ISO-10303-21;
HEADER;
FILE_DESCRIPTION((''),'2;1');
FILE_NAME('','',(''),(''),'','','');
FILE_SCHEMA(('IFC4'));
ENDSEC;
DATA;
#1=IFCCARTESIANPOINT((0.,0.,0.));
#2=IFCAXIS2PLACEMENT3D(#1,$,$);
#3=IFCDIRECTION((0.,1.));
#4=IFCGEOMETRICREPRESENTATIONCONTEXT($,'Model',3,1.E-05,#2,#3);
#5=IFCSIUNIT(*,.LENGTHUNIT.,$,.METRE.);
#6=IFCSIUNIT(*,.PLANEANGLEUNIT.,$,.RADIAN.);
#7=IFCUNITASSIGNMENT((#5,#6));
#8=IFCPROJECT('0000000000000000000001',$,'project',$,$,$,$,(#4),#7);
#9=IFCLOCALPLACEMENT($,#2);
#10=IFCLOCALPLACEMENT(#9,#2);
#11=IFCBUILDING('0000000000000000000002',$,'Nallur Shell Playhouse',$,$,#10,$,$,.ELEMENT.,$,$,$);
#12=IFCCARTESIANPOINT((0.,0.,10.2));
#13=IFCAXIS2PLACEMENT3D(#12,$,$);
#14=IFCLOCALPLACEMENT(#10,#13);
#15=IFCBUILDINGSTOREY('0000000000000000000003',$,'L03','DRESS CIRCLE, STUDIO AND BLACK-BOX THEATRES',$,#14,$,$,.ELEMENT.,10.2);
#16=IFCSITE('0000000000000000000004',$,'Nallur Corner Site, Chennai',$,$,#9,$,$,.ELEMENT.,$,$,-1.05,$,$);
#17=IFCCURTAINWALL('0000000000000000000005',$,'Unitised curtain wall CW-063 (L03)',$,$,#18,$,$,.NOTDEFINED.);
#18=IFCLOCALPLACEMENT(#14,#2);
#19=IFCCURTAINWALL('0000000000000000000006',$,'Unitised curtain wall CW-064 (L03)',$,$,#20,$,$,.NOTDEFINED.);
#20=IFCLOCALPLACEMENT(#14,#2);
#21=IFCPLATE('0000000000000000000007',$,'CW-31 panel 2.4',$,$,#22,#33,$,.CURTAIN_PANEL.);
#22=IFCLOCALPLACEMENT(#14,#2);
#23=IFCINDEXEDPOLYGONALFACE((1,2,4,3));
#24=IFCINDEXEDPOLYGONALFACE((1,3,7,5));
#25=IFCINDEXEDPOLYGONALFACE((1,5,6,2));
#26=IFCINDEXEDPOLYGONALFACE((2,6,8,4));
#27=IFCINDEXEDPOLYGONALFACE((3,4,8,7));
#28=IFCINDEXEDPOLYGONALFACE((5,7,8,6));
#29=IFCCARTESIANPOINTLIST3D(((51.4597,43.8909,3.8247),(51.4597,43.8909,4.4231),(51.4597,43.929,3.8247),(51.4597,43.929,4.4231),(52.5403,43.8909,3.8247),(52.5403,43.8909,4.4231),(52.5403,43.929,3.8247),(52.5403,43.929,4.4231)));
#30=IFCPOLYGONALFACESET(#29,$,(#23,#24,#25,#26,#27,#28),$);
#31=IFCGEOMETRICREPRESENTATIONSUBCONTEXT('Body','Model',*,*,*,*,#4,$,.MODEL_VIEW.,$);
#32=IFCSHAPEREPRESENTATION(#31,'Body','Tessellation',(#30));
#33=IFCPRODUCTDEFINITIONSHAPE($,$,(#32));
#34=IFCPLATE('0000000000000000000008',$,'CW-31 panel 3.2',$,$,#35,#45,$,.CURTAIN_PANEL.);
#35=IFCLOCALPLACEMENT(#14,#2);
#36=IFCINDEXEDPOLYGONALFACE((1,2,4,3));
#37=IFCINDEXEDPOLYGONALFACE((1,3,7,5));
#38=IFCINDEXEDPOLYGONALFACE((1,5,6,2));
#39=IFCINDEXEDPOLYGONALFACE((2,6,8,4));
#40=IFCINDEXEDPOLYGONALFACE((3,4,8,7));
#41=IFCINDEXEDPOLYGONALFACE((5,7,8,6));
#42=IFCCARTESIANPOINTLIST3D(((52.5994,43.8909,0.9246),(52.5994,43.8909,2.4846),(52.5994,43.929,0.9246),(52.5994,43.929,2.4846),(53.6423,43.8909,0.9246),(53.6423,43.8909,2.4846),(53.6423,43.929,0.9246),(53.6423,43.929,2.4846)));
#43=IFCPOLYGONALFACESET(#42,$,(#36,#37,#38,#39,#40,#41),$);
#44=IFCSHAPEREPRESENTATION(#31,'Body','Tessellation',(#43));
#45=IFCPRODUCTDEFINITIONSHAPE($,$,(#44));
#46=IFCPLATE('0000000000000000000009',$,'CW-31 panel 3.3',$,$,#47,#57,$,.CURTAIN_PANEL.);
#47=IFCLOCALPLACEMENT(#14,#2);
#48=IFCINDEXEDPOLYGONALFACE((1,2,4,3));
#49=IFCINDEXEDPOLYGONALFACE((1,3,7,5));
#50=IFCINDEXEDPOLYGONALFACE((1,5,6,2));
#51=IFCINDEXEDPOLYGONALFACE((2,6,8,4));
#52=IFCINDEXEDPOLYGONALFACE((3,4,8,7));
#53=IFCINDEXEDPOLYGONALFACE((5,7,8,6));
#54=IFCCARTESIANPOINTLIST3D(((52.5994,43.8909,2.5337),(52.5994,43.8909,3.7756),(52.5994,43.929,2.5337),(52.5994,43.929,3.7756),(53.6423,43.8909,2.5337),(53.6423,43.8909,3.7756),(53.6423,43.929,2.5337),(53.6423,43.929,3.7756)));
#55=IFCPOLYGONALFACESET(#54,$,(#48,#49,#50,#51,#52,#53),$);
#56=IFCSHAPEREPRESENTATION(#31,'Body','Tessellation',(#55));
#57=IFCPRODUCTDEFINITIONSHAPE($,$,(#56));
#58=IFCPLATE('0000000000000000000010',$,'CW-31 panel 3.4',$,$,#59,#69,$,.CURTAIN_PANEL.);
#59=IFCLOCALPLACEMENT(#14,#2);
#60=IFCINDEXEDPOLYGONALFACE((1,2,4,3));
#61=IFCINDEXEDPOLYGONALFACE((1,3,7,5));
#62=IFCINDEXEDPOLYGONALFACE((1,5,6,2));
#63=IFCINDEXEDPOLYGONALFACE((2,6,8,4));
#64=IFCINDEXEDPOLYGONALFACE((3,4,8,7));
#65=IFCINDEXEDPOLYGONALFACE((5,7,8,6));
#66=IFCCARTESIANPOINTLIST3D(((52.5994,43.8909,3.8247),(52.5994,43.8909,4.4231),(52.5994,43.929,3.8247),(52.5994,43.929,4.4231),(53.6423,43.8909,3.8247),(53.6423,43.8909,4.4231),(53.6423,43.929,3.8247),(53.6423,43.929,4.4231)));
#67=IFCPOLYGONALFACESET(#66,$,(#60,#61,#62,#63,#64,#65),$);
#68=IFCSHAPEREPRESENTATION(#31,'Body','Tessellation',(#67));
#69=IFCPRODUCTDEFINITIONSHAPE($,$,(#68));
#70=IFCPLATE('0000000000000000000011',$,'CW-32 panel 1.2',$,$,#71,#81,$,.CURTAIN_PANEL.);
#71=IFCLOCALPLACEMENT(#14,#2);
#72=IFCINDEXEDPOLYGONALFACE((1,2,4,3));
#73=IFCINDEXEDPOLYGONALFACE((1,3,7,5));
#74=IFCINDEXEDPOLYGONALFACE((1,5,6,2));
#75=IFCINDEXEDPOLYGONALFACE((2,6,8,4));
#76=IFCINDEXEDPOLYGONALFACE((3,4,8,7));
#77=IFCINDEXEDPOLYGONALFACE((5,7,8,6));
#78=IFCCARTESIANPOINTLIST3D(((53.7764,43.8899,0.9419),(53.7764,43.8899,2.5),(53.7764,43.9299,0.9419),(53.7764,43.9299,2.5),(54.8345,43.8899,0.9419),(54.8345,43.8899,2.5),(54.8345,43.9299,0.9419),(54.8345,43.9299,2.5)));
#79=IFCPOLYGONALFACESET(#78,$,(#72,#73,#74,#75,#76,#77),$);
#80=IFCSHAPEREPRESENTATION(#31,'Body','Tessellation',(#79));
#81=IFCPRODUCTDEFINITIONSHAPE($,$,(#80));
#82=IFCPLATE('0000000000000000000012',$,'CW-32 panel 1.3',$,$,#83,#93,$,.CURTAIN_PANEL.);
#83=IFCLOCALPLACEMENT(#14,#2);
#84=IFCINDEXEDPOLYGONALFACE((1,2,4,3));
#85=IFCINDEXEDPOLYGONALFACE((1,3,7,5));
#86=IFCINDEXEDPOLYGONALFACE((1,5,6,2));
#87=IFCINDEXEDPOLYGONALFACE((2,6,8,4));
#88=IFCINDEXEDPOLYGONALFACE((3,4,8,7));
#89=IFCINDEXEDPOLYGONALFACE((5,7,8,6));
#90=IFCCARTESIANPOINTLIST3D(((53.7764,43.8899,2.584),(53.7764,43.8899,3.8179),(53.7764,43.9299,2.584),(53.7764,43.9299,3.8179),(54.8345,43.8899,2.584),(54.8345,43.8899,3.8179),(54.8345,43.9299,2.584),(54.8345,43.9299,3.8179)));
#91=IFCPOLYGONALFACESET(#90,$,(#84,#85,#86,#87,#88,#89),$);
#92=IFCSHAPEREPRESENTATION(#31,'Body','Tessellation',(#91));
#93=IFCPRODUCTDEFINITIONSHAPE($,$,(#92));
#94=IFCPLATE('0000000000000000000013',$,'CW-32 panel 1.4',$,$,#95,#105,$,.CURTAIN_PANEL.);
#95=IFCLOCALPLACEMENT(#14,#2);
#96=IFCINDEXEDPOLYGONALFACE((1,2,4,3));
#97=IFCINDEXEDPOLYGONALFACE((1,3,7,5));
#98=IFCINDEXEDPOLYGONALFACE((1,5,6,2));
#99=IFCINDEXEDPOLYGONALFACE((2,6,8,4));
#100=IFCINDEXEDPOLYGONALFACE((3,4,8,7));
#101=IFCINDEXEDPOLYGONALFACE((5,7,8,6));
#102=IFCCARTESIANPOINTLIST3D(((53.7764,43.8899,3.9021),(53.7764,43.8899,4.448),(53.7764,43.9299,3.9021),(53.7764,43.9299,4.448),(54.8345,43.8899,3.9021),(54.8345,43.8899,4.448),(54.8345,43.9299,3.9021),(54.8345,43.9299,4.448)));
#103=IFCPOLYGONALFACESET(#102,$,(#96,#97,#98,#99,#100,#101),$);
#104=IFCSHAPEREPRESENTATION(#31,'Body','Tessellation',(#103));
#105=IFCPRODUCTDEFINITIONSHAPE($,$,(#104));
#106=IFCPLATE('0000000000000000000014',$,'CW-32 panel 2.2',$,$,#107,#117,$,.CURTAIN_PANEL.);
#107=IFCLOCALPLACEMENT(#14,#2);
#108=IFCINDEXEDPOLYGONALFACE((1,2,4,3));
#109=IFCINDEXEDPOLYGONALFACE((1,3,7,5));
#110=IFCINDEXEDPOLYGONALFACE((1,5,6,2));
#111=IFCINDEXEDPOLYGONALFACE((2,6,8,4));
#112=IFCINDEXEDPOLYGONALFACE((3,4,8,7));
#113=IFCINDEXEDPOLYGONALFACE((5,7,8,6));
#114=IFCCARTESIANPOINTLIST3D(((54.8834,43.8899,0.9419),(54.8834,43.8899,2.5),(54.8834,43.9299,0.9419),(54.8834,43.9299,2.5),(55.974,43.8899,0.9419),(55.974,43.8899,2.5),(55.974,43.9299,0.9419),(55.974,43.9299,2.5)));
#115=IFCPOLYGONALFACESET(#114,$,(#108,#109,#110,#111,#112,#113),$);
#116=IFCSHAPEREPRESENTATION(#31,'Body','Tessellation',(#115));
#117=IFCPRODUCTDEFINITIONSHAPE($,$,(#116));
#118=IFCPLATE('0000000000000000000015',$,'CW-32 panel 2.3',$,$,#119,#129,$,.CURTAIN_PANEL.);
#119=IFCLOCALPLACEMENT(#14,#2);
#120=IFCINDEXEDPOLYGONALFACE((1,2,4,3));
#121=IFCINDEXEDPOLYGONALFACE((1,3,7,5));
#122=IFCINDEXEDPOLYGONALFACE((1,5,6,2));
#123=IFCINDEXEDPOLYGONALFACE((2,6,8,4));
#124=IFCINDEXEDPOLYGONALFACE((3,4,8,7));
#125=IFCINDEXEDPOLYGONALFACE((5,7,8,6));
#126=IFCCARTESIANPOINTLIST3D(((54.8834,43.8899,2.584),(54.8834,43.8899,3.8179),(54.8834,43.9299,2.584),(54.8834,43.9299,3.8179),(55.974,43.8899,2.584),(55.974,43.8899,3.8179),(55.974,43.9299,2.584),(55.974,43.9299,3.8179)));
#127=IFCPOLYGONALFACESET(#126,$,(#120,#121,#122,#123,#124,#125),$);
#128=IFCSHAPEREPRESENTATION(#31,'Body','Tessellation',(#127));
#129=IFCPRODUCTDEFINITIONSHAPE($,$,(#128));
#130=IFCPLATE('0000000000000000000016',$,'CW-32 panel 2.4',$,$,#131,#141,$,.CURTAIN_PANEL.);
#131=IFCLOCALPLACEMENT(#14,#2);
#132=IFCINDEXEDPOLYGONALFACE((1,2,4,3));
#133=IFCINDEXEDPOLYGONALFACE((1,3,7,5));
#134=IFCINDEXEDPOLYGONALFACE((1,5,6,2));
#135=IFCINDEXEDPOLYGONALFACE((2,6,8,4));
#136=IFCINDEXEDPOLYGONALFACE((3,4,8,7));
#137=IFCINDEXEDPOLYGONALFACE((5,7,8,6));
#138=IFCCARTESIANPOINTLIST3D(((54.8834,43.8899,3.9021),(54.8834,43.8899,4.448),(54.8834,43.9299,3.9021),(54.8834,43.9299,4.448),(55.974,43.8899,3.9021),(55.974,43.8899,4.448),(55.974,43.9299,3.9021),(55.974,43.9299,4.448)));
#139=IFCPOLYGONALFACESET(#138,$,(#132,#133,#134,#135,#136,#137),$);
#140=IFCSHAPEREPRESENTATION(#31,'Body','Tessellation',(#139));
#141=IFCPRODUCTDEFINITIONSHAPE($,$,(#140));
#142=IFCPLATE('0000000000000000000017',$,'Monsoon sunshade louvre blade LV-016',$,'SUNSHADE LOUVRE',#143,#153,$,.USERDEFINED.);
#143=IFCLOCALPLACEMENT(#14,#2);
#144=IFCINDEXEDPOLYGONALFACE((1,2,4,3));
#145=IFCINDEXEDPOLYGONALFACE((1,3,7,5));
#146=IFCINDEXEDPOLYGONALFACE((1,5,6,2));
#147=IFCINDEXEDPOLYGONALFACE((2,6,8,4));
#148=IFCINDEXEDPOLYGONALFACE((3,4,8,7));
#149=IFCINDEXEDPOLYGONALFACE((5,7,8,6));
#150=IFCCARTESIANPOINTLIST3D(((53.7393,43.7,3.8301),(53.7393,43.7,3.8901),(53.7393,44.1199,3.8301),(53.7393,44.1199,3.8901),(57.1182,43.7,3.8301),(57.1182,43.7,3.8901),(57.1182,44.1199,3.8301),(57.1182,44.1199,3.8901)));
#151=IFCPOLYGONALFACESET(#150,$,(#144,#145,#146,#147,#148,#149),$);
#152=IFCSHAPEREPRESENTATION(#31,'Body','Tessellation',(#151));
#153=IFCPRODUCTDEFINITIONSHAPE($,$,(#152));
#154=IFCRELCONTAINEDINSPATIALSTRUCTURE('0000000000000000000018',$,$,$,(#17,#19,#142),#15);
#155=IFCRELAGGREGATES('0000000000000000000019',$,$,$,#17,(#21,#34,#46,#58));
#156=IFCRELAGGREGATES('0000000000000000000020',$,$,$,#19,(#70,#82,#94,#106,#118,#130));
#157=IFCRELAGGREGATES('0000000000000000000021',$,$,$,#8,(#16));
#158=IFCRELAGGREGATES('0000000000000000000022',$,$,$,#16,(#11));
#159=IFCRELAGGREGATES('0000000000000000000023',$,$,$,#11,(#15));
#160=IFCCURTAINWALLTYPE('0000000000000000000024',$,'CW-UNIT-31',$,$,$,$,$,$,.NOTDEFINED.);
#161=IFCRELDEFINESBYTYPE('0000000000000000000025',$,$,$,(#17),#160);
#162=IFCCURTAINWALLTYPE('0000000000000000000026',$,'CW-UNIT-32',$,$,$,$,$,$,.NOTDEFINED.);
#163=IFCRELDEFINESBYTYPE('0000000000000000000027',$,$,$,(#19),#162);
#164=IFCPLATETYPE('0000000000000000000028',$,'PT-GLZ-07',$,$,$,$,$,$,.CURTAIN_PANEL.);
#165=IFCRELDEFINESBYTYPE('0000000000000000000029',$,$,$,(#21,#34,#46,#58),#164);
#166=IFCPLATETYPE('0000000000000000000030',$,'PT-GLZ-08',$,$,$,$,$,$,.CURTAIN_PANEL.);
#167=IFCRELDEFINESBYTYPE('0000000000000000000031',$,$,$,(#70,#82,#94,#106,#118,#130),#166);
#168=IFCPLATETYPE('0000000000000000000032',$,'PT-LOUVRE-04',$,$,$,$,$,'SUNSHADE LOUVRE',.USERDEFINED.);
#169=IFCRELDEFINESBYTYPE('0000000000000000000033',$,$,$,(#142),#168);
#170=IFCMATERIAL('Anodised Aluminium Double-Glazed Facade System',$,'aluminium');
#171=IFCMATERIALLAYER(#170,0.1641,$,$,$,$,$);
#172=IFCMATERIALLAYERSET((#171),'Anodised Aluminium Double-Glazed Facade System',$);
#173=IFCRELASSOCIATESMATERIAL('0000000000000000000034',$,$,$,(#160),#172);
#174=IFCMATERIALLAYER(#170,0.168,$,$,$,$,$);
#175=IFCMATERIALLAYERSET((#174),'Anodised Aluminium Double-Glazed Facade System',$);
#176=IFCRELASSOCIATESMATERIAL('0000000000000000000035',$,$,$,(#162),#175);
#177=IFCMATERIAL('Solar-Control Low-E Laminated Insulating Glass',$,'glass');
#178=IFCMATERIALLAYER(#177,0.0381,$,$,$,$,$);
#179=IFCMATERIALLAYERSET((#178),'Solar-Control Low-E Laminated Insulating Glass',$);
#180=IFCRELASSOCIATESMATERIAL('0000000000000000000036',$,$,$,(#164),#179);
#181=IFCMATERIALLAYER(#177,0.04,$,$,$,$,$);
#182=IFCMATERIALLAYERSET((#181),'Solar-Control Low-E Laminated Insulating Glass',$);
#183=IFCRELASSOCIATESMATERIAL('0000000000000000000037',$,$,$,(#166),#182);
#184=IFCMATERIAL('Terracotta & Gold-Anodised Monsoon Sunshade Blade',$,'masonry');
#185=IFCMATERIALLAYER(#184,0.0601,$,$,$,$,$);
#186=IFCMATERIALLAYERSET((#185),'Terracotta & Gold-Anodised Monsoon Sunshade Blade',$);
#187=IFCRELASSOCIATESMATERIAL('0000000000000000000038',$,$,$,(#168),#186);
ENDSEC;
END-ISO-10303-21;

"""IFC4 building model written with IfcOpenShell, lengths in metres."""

from ifc_helpers import new_model, si_unit, direction, frame, origin, origin_2d, place, context, subcontext, project, spatial, rectangle, extrude, material, layer, layer_set, type_object, element, aggregate, save


model = new_model("IFC4")

# Units and contexts
model_context = context("Model", 3, precision=1e-05, world=origin(), true_north=direction((0.0, 1.0)))
body_context = subcontext(model_context, "Body", "Model", "MODEL_VIEW")
ifc_project = project(units=[si_unit("LENGTHUNIT", "METRE"), si_unit("PLANEANGLEUNIT", "RADIAN")], contexts=[model_context])

# Site, building, storey
site_placement = place(None, origin())
site = spatial("IfcSite", under=ifc_project, at=site_placement, Name="Nallur Corner Site, Chennai", CompositionType="ELEMENT", RefElevation=-1.05)
building_placement = place(site_placement, origin())
building = spatial("IfcBuilding", under=site, at=building_placement, Name="Nallur Shell Playhouse", CompositionType="ELEMENT")
storey_placement = place(building_placement, frame((0.0, 0.0, 10.2)))
storey = spatial("IfcBuildingStorey", under=building, at=storey_placement, Name="L03", Description="DRESS CIRCLE, STUDIO AND BLACK-BOX THEATRES", CompositionType="ELEMENT", Elevation=10.2)

# Curtain walls
ifc_material_1 = material(Name="Anodised Aluminium Double-Glazed Facade System", Category="aluminium")
ifc_layer_1 = layer(ifc_material_1, 0.1641)
ifc_layer_set_1 = layer_set([ifc_layer_1], Name="Anodised Aluminium Double-Glazed Facade System")
curtain_wall_type_1 = type_object("IfcCurtainWallType", Name="CW-UNIT-31", PredefinedType="NOTDEFINED", material=ifc_layer_set_1)
curtain_wall_1_placement = place(storey_placement, origin())
curtain_wall_1 = element("IfcCurtainWall", 1, at=curtain_wall_1_placement, inside=storey, type_object=curtain_wall_type_1, Name="Unitised curtain wall CW-063 (L03)", PredefinedType="NOTDEFINED")
ifc_layer_2 = layer(ifc_material_1, 0.168)
ifc_layer_set_2 = layer_set([ifc_layer_2], Name="Anodised Aluminium Double-Glazed Facade System")
curtain_wall_type_2 = type_object("IfcCurtainWallType", Name="CW-UNIT-32", PredefinedType="NOTDEFINED", material=ifc_layer_set_2)
curtain_wall_2_placement = place(storey_placement, origin())
curtain_wall_2 = element("IfcCurtainWall", 2, at=curtain_wall_2_placement, inside=storey, type_object=curtain_wall_type_2, Name="Unitised curtain wall CW-064 (L03)", PredefinedType="NOTDEFINED")

# Plates
ifc_material_2 = material(Name="Solar-Control Low-E Laminated Insulating Glass", Category="glass")
ifc_layer_3 = layer(ifc_material_2, 0.0381)
ifc_layer_set_3 = layer_set([ifc_layer_3], Name="Solar-Control Low-E Laminated Insulating Glass")
plate_type_1 = type_object("IfcPlateType", Name="PT-GLZ-07", PredefinedType="CURTAIN_PANEL", material=ifc_layer_set_3)
plate_1_placement = place(storey_placement, frame((52.0, 43.9099, 3.8247), z_axis=(0.0, 0.0, 1.0), x_axis=(1.0, 0.0, 0.0)))
plate_1 = element("IfcPlate", 3, at=plate_1_placement, type_object=plate_type_1, Name="CW-31 panel 2.4", PredefinedType="CURTAIN_PANEL", context=body_context, shape_type="SweptSolid", body=[
    extrude(rectangle(XDim=1.0806, YDim=0.0381, at=origin_2d()), origin(), (0.0, 0.0, 1.0), 0.5984),
])
plate_2_placement = place(storey_placement, frame((53.1208, 43.9099, 0.9246), z_axis=(0.0, 0.0, 1.0), x_axis=(1.0, 0.0, 0.0)))
plate_2 = element("IfcPlate", 4, at=plate_2_placement, type_object=plate_type_1, Name="CW-31 panel 3.2", PredefinedType="CURTAIN_PANEL", context=body_context, shape_type="SweptSolid", body=[
    extrude(rectangle(XDim=1.043, YDim=0.0381, at=origin_2d()), origin(), (0.0, 0.0, 1.0), 1.5601),
])
plate_3_placement = place(storey_placement, frame((53.1208, 43.9099, 2.5337), z_axis=(0.0, 0.0, 1.0), x_axis=(1.0, 0.0, 0.0)))
plate_3 = element("IfcPlate", 5, at=plate_3_placement, type_object=plate_type_1, Name="CW-31 panel 3.3", PredefinedType="CURTAIN_PANEL", context=body_context, shape_type="SweptSolid", body=[
    extrude(rectangle(XDim=1.043, YDim=0.0381, at=origin_2d()), origin(), (0.0, 0.0, 1.0), 1.2419),
])
plate_4_placement = place(storey_placement, frame((53.1208, 43.9099, 3.8247), z_axis=(0.0, 0.0, 1.0), x_axis=(1.0, 0.0, 0.0)))
plate_4 = element("IfcPlate", 6, at=plate_4_placement, type_object=plate_type_1, Name="CW-31 panel 3.4", PredefinedType="CURTAIN_PANEL", context=body_context, shape_type="SweptSolid", body=[
    extrude(rectangle(XDim=1.043, YDim=0.0381, at=origin_2d()), origin(), (0.0, 0.0, 1.0), 0.5984),
])
aggregate(curtain_wall_1, [plate_1, plate_2, plate_3, plate_4])
ifc_layer_4 = layer(ifc_material_2, 0.04)
ifc_layer_set_4 = layer_set([ifc_layer_4], Name="Solar-Control Low-E Laminated Insulating Glass")
plate_type_2 = type_object("IfcPlateType", Name="PT-GLZ-08", PredefinedType="CURTAIN_PANEL", material=ifc_layer_set_4)
plate_5_placement = place(storey_placement, frame((54.3054, 43.9099, 0.9419), z_axis=(0.0, 0.0, 1.0), x_axis=(1.0, 0.0, 0.0)))
plate_5 = element("IfcPlate", 7, at=plate_5_placement, type_object=plate_type_2, Name="CW-32 panel 1.2", PredefinedType="CURTAIN_PANEL", context=body_context, shape_type="SweptSolid", body=[
    extrude(rectangle(XDim=1.0581, YDim=0.04, at=origin_2d()), origin(), (0.0, 0.0, 1.0), 1.5581),
])
plate_6_placement = place(storey_placement, frame((54.3054, 43.9099, 2.584), z_axis=(0.0, 0.0, 1.0), x_axis=(1.0, 0.0, 0.0)))
plate_6 = element("IfcPlate", 8, at=plate_6_placement, type_object=plate_type_2, Name="CW-32 panel 1.3", PredefinedType="CURTAIN_PANEL", context=body_context, shape_type="SweptSolid", body=[
    extrude(rectangle(XDim=1.0581, YDim=0.04, at=origin_2d()), origin(), (0.0, 0.0, 1.0), 1.2339),
])
plate_7_placement = place(storey_placement, frame((54.3054, 43.9099, 3.9021), z_axis=(0.0, 0.0, 1.0), x_axis=(1.0, 0.0, 0.0)))
plate_7 = element("IfcPlate", 9, at=plate_7_placement, type_object=plate_type_2, Name="CW-32 panel 1.4", PredefinedType="CURTAIN_PANEL", context=body_context, shape_type="SweptSolid", body=[
    extrude(rectangle(XDim=1.0581, YDim=0.04, at=origin_2d()), origin(), (0.0, 0.0, 1.0), 0.5459),
])
plate_8_placement = place(storey_placement, frame((55.4287, 43.9099, 0.9419), z_axis=(0.0, 0.0, 1.0), x_axis=(1.0, 0.0, 0.0)))
plate_8 = element("IfcPlate", 10, at=plate_8_placement, type_object=plate_type_2, Name="CW-32 panel 2.2", PredefinedType="CURTAIN_PANEL", context=body_context, shape_type="SweptSolid", body=[
    extrude(rectangle(XDim=1.0906, YDim=0.04, at=origin_2d()), origin(), (0.0, 0.0, 1.0), 1.5581),
])
plate_9_placement = place(storey_placement, frame((55.4287, 43.9099, 2.584), z_axis=(0.0, 0.0, 1.0), x_axis=(1.0, 0.0, 0.0)))
plate_9 = element("IfcPlate", 11, at=plate_9_placement, type_object=plate_type_2, Name="CW-32 panel 2.3", PredefinedType="CURTAIN_PANEL", context=body_context, shape_type="SweptSolid", body=[
    extrude(rectangle(XDim=1.0906, YDim=0.04, at=origin_2d()), origin(), (0.0, 0.0, 1.0), 1.2339),
])
plate_10_placement = place(storey_placement, frame((55.4287, 43.9099, 3.9021), z_axis=(0.0, 0.0, 1.0), x_axis=(1.0, 0.0, 0.0)))
plate_10 = element("IfcPlate", 12, at=plate_10_placement, type_object=plate_type_2, Name="CW-32 panel 2.4", PredefinedType="CURTAIN_PANEL", context=body_context, shape_type="SweptSolid", body=[
    extrude(rectangle(XDim=1.0906, YDim=0.04, at=origin_2d()), origin(), (0.0, 0.0, 1.0), 0.5459),
])
aggregate(curtain_wall_2, [plate_5, plate_6, plate_7, plate_8, plate_9, plate_10])
ifc_material_3 = material(Name="Terracotta & Gold-Anodised Monsoon Sunshade Blade", Category="masonry")
ifc_layer_5 = layer(ifc_material_3, 0.0601)
ifc_layer_set_5 = layer_set([ifc_layer_5], Name="Terracotta & Gold-Anodised Monsoon Sunshade Blade")
plate_type_3 = type_object("IfcPlateType", Name="PT-LOUVRE-04", ElementType="SUNSHADE LOUVRE", PredefinedType="USERDEFINED", material=ifc_layer_set_5)
plate_11_placement = place(storey_placement, frame((55.4287, 43.9099, 3.8301), z_axis=(0.0, 0.0, 1.0), x_axis=(1.0, 0.0, 0.0)))
element("IfcPlate", 13, at=plate_11_placement, inside=storey, type_object=plate_type_3, Name="Monsoon sunshade louvre blade LV-016", ObjectType="SUNSHADE LOUVRE", PredefinedType="USERDEFINED", context=body_context, shape_type="SweptSolid", body=[
    extrude(rectangle(XDim=3.3789, YDim=0.4199, at=origin_2d()), origin(), (0.0, 0.0, 1.0), 0.0601),
])

save(model, "model.ifc")
